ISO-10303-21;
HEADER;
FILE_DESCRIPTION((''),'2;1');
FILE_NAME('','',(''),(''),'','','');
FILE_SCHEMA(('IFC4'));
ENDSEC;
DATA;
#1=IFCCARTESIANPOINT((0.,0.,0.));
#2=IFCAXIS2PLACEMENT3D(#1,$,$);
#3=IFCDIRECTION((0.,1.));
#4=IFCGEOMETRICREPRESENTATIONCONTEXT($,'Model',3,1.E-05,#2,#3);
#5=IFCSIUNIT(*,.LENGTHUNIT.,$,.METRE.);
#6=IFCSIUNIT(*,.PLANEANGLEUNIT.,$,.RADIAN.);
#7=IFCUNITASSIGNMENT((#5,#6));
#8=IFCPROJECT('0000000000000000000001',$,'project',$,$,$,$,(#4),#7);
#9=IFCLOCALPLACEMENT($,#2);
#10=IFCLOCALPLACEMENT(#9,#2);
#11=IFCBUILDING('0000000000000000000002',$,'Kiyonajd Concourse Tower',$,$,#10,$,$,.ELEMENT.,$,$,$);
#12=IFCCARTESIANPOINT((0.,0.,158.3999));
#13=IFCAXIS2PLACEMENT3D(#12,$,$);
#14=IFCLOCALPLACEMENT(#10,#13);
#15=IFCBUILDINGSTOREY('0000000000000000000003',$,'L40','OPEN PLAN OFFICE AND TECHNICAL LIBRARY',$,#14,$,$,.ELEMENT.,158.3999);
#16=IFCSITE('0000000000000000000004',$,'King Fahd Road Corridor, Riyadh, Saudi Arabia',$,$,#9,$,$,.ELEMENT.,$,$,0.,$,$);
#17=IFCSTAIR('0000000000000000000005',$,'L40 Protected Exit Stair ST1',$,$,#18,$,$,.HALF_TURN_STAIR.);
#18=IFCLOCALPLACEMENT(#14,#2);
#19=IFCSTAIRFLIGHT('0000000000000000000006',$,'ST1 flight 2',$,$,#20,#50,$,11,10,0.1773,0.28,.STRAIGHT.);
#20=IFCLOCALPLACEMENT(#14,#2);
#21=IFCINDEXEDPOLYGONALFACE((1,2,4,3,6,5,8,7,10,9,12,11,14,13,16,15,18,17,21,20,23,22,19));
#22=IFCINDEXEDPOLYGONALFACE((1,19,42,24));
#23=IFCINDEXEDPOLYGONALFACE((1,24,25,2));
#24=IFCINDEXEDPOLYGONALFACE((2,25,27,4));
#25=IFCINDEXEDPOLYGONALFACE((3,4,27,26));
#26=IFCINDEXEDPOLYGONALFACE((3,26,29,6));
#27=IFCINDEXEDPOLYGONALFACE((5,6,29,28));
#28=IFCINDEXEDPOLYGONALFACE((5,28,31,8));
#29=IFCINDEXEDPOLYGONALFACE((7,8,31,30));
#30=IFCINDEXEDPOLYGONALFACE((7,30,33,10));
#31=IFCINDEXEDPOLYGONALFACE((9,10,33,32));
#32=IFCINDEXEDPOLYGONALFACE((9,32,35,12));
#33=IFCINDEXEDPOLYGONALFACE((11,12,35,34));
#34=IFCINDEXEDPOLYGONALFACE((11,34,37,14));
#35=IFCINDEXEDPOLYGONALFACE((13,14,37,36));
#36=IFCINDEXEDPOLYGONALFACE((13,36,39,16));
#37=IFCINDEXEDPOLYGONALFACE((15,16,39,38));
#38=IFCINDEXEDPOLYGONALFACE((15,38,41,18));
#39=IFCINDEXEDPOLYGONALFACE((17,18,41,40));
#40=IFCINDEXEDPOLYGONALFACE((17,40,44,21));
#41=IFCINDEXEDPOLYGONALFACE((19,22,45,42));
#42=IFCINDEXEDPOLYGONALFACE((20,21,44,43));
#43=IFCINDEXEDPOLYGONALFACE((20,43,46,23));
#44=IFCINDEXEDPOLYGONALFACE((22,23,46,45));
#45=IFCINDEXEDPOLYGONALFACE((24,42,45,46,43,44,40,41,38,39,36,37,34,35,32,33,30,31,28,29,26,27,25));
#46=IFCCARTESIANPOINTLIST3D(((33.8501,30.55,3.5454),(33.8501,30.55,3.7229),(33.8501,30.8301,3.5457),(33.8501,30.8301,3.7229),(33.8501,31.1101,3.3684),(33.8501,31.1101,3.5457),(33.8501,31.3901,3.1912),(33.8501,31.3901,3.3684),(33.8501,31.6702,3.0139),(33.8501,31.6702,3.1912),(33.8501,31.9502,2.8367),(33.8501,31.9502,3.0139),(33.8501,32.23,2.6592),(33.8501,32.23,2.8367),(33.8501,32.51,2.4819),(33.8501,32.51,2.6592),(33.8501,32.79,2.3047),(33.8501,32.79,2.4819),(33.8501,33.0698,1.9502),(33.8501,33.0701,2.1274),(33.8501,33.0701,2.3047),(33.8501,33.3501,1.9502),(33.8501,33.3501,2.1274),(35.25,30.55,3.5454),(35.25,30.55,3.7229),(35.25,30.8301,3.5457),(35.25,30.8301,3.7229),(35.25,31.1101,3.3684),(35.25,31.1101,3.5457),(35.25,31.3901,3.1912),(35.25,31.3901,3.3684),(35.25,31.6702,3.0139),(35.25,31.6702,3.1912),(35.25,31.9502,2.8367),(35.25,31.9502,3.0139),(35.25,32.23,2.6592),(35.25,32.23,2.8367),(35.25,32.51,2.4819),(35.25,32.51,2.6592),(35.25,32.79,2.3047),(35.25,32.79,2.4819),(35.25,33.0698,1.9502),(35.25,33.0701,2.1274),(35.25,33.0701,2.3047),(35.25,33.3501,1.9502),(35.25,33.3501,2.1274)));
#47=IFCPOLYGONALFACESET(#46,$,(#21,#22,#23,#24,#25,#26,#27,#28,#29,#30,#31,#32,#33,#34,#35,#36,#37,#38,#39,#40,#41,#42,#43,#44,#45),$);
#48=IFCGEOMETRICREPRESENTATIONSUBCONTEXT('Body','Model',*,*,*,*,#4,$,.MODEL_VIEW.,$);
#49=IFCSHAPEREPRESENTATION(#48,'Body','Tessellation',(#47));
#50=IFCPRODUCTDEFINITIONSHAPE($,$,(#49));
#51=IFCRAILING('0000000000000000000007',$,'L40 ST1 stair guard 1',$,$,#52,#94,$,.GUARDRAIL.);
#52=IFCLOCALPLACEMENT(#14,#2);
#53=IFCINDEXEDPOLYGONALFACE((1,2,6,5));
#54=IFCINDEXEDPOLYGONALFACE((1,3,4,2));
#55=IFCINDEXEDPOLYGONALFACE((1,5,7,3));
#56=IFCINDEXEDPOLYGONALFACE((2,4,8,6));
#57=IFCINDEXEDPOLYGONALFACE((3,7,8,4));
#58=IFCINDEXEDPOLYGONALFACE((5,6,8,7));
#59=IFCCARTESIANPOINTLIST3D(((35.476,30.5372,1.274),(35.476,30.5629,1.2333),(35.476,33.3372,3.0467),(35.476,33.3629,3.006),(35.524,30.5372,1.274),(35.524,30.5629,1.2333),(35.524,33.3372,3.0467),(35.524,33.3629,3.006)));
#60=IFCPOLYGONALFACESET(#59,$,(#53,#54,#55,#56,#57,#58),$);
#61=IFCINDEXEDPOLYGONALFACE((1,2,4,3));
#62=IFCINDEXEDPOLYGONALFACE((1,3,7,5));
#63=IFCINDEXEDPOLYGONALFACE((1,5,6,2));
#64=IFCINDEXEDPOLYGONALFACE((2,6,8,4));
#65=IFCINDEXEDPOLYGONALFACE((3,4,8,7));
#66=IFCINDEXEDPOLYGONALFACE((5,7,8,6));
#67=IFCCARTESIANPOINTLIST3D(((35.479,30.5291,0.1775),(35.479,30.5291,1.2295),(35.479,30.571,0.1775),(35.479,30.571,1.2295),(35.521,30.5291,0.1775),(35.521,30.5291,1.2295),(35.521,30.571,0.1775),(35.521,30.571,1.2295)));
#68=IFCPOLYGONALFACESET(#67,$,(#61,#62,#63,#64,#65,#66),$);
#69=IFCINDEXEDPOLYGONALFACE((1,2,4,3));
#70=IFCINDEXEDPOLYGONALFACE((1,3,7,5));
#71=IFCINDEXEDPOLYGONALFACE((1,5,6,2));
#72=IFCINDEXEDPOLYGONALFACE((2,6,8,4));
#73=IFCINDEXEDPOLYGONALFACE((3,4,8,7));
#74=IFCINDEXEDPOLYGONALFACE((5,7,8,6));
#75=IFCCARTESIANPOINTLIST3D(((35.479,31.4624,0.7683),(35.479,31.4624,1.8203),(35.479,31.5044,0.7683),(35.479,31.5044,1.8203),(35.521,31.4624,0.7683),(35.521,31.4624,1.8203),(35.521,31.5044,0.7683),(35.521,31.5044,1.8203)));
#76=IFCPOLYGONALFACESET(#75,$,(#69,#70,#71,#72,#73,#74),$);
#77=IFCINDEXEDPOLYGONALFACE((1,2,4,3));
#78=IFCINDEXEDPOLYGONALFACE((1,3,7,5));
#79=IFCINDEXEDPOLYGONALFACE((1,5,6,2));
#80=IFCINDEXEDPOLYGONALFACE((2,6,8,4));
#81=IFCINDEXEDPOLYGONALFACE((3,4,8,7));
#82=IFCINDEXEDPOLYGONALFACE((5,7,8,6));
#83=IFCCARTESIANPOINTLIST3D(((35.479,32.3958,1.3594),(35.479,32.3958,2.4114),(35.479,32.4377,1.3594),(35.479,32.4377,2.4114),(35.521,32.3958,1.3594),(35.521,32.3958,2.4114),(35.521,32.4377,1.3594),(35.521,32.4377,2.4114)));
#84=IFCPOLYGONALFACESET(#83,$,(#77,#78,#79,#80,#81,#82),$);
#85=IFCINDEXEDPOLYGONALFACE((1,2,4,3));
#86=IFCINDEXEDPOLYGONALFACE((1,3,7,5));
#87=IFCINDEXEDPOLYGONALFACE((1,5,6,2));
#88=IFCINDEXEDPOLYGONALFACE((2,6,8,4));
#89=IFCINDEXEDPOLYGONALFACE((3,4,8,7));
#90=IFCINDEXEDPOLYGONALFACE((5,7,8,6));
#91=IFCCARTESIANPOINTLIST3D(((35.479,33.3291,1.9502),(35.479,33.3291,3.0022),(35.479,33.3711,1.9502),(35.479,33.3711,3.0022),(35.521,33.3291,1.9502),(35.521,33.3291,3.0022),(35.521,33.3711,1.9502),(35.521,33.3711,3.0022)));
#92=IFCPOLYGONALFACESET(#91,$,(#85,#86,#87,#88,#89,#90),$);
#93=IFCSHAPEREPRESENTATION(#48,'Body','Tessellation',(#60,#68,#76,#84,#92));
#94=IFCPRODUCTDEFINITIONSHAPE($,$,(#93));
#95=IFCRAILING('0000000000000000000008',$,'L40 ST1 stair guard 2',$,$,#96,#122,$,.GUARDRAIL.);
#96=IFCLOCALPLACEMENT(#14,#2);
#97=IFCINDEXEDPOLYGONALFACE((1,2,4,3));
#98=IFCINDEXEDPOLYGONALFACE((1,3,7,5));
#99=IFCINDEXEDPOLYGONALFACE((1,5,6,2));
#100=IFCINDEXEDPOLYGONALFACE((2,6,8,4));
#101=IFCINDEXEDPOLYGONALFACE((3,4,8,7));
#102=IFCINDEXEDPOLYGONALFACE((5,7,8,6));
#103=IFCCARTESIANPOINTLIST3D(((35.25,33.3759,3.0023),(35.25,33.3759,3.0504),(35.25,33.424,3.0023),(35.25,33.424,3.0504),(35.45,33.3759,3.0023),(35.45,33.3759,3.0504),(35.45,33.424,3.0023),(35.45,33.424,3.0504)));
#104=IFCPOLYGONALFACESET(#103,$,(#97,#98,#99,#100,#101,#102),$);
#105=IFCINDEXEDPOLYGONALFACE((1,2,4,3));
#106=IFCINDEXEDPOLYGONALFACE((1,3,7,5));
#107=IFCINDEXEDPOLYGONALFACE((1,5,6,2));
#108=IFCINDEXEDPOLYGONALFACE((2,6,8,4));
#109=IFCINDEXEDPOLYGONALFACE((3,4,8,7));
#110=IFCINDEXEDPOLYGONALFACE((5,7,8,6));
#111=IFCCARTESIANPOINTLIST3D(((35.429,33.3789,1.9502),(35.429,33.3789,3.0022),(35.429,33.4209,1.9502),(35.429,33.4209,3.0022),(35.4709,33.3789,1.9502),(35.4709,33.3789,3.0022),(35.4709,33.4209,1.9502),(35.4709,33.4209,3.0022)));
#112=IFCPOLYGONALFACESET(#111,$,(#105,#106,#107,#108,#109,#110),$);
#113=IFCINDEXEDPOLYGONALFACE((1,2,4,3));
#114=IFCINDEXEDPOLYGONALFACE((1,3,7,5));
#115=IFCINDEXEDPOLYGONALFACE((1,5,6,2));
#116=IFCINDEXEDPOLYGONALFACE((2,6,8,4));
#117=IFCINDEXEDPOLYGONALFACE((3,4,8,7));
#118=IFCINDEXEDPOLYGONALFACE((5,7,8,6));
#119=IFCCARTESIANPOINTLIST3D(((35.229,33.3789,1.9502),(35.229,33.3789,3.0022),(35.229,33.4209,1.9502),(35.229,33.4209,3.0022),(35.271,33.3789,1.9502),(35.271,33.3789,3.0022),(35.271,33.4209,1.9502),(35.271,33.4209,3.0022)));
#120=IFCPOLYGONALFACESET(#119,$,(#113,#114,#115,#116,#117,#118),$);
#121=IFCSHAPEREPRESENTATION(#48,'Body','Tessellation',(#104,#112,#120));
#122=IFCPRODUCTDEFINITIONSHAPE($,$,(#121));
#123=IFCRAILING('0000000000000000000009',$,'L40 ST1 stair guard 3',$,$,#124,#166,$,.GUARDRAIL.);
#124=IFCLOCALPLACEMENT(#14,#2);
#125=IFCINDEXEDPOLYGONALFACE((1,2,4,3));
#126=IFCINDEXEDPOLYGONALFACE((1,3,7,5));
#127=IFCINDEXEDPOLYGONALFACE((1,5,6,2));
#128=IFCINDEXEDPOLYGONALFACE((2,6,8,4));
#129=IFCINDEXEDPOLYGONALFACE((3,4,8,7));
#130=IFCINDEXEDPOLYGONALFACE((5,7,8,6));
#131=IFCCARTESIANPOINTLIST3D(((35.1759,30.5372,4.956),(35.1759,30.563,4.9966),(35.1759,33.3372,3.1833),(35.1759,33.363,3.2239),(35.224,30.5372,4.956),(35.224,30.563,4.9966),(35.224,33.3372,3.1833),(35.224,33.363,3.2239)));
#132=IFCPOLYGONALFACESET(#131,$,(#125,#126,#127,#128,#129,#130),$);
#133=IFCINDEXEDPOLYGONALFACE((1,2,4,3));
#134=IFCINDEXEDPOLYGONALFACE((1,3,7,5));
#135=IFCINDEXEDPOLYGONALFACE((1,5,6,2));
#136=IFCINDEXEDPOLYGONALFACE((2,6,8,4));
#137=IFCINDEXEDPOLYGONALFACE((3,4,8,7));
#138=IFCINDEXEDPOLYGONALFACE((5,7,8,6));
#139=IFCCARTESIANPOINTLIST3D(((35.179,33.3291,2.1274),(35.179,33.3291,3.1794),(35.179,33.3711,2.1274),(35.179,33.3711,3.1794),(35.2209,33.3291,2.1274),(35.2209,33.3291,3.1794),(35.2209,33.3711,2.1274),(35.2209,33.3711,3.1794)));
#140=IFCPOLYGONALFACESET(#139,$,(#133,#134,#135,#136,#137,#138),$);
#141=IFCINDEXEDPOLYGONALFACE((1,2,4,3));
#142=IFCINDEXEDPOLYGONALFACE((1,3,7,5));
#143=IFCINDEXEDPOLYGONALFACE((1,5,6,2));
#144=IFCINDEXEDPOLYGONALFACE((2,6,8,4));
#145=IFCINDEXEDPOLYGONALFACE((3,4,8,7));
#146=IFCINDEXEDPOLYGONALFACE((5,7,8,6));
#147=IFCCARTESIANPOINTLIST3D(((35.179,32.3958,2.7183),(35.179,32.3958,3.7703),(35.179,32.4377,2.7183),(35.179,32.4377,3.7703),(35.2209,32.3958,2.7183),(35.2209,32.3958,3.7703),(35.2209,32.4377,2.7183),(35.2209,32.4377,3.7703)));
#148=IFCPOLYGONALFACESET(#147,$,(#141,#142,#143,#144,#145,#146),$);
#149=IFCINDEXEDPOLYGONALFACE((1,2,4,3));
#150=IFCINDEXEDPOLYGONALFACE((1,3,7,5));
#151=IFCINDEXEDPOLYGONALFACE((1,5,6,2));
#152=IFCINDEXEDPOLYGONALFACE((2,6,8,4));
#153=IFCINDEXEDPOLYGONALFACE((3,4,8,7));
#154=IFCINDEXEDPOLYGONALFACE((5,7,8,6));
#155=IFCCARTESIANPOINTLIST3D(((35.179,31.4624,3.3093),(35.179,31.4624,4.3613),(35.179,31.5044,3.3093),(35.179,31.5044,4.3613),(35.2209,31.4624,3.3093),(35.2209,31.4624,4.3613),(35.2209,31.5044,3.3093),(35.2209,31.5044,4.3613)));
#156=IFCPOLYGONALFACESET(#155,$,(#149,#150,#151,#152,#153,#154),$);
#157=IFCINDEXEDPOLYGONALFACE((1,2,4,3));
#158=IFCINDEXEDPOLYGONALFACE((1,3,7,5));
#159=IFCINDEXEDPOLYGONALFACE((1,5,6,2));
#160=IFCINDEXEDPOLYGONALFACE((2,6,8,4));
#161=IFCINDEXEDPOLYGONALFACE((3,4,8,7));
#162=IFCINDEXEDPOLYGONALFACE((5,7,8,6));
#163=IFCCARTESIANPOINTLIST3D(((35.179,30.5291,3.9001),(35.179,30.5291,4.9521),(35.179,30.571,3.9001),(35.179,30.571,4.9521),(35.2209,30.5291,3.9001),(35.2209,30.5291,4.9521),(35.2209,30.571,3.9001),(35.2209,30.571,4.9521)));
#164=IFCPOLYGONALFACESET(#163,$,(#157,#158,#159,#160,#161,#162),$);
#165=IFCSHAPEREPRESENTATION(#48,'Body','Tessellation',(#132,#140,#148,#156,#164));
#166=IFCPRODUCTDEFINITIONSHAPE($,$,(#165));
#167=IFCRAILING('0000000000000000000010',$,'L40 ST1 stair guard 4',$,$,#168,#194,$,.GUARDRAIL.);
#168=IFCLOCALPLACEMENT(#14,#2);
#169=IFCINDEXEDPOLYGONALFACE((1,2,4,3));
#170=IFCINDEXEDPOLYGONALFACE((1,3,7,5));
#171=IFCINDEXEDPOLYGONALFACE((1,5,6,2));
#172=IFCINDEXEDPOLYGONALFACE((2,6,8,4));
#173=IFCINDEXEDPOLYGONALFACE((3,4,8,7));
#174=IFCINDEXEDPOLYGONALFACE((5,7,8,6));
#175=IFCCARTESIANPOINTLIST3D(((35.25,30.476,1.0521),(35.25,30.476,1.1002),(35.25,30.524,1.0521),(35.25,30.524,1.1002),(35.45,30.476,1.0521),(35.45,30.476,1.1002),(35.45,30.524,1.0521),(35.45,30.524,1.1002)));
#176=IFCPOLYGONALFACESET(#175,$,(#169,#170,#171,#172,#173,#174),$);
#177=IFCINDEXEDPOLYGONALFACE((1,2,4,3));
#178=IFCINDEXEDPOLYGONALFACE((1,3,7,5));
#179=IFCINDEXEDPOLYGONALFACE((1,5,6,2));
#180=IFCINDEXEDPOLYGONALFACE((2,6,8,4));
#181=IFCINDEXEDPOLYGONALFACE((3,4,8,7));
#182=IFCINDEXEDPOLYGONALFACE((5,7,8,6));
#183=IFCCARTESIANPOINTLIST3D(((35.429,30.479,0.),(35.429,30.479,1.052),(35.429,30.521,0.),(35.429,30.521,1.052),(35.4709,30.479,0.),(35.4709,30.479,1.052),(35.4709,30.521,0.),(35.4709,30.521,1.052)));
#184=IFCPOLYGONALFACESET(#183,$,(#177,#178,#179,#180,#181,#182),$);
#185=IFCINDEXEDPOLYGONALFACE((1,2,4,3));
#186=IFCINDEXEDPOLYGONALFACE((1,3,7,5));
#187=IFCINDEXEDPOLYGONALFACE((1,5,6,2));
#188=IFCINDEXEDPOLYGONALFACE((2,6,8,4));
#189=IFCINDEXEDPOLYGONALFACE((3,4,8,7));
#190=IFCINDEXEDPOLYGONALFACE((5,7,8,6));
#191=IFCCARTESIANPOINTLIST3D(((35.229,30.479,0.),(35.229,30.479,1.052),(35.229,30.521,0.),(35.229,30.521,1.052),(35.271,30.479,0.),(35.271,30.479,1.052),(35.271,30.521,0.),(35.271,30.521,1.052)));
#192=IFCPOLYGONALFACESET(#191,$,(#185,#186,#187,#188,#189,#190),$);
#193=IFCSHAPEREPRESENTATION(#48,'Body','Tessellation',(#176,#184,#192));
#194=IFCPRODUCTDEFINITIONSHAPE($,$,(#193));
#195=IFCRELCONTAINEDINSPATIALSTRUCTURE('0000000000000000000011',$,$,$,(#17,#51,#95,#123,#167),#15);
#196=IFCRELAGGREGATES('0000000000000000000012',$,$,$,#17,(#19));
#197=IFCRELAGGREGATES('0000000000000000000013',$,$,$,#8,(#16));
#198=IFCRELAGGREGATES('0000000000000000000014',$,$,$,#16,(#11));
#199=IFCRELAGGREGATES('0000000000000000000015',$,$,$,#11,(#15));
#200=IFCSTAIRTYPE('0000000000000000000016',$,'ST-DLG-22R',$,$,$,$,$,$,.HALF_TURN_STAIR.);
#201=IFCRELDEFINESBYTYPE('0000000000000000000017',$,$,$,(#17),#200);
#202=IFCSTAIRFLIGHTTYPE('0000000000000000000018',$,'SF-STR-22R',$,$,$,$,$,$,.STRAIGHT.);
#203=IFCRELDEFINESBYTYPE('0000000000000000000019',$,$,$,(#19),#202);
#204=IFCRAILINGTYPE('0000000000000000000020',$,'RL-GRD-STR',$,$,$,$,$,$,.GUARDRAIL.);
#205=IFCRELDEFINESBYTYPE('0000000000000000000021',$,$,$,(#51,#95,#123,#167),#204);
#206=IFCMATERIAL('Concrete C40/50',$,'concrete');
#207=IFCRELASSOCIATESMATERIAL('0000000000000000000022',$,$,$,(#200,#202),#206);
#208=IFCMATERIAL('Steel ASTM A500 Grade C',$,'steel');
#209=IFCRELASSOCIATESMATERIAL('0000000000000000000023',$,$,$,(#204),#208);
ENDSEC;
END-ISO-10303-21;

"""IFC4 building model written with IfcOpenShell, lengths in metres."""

from ifc_helpers import new_model, si_unit, direction, frame, origin, origin_2d, place, context, subcontext, project, spatial, polyline, rectangle, outline, extrude, material, type_object, element, aggregate, save


model = new_model("IFC4")

# Units and contexts
model_context = context("Model", 3, precision=1e-05, world=origin(), true_north=direction((0.0, 1.0)))
body_context = subcontext(model_context, "Body", "Model", "MODEL_VIEW")
ifc_project = project(units=[si_unit("LENGTHUNIT", "METRE"), si_unit("PLANEANGLEUNIT", "RADIAN")], contexts=[model_context])

# Site, building, storey
site_placement = place(None, origin())
site = spatial("IfcSite", under=ifc_project, at=site_placement, Name="King Fahd Road Corridor, Riyadh, Saudi Arabia", CompositionType="ELEMENT", RefElevation=0.0)
building_placement = place(site_placement, origin())
building = spatial("IfcBuilding", under=site, at=building_placement, Name="Kiyonajd Concourse Tower", CompositionType="ELEMENT")
storey_placement = place(building_placement, frame((0.0, 0.0, 158.3999)))
storey = spatial("IfcBuildingStorey", under=building, at=storey_placement, Name="L40", Description="OPEN PLAN OFFICE AND TECHNICAL LIBRARY", CompositionType="ELEMENT", Elevation=158.3999)

# Stair, stair flight
ifc_material_1 = material(Name="Concrete C40/50", Category="concrete")
stair_type = type_object("IfcStairType", Name="ST-DLG-22R", PredefinedType="HALF_TURN_STAIR", material=ifc_material_1)
stair_placement = place(storey_placement, origin())
stair = element("IfcStair", 1, at=stair_placement, inside=storey, type_object=stair_type, Name="L40 Protected Exit Stair ST1", PredefinedType="HALF_TURN_STAIR")
stair_flight_type = type_object("IfcStairFlightType", Name="SF-STR-22R", PredefinedType="STRAIGHT", material=ifc_material_1)
stair_flight_1_placement = place(storey_placement, frame((34.55, 33.3501, 1.9502), z_axis=(0.0, 0.0, 1.0), x_axis=(0.0, -1.0, 0.0)))
stair_flight_1 = element("IfcStairFlight", 2, at=stair_flight_1_placement, type_object=stair_flight_type, Name="ST1 flight 2", NumberOfRisers=11, NumberOfTreads=10, PredefinedType="STRAIGHT", RiserHeight=0.1773, TreadLength=0.28, context=body_context, shape_type="SweptSolid", body=[
    extrude(outline(polyline([(0.0, 0.0), (0.0, 0.1772), (0.28, 0.1772), (0.28, 0.3545), (0.5601, 0.3545), (0.5601, 0.5317), (0.8401, 0.5317), (0.8401, 0.709), (1.1201, 0.709), (1.1201, 0.8865), (1.3999, 0.8865), (1.3999, 1.0637), (1.6799, 1.0637), (1.6799, 1.241), (1.96, 1.241), (1.96, 1.4182), (2.24, 1.4182), (2.24, 1.5955), (2.52, 1.5955), (2.52, 1.7727), (2.8, 1.7727), (2.8, 1.95), (2.8, 1.5952), (0.2803, 0.0), (0.0, 0.0)])), frame((0.0, 0.7, 0.0), z_axis=(0.0, -1.0, 0.0), x_axis=(1.0, 0.0, 0.0)), (0.0, 0.0, 1.0), 1.3999),
])
aggregate(stair, [stair_flight_1])

# Railings
ifc_material_2 = material(Name="Steel ASTM A500 Grade C", Category="steel")
railing_type_1 = type_object("IfcRailingType", Name="RL-GRD-STR", PredefinedType="GUARDRAIL", material=ifc_material_2)
railing_1_placement = place(storey_placement, frame((35.5, 30.55, 0.1775)))
element("IfcRailing", 3, at=railing_1_placement, inside=storey, type_object=railing_type_1, Name="L40 ST1 stair guard 1", PredefinedType="GUARDRAIL", context=body_context, shape_type="SweptSolid", body=[
    extrude(rectangle(XDim=0.0481, YDim=0.0481, at=origin_2d()), frame((0.0, 0.0, 1.0762), z_axis=(0.0, 0.844909, 0.53491), x_axis=(-1.0, 0.0, 0.0)), (0.0, 0.0, 1.0), 3.314),
    extrude(rectangle(XDim=0.042, YDim=0.042, at=origin_2d()), origin(), (0.0, 0.0, 1.0), 1.052),
    extrude(rectangle(XDim=0.042, YDim=0.042, at=origin_2d()), frame((0.0, 0.9333, 0.5908)), (0.0, 0.0, 1.0), 1.052),
    extrude(rectangle(XDim=0.042, YDim=0.042, at=origin_2d()), frame((0.0, 1.8667, 1.1819)), (0.0, 0.0, 1.0), 1.052),
    extrude(rectangle(XDim=0.042, YDim=0.042, at=origin_2d()), frame((0.0, 2.8, 1.7727)), (0.0, 0.0, 1.0), 1.052),
])
railing_2_placement = place(storey_placement, frame((35.45, 33.3999, 1.9502)))
element("IfcRailing", 4, at=railing_2_placement, inside=storey, type_object=railing_type_1, Name="L40 ST1 stair guard 2", PredefinedType="GUARDRAIL", context=body_context, shape_type="SweptSolid", body=[
    extrude(rectangle(XDim=0.0481, YDim=0.0481, at=origin_2d()), frame((0.0, 0.0, 1.0762), z_axis=(-1.0, 0.0, 0.0), x_axis=(0.0, -1.0, 0.0)), (0.0, 0.0, 1.0), 0.2),
    extrude(rectangle(XDim=0.042, YDim=0.042, at=origin_2d()), origin(), (0.0, 0.0, 1.0), 1.052),
    extrude(rectangle(XDim=0.042, YDim=0.042, at=origin_2d()), frame((-0.2, 0.0, 0.0)), (0.0, 0.0, 1.0), 1.052),
])
railing_3_placement = place(storey_placement, frame((35.2, 33.3501, 2.1274)))
element("IfcRailing", 5, at=railing_3_placement, inside=storey, type_object=railing_type_1, Name="L40 ST1 stair guard 3", PredefinedType="GUARDRAIL", context=body_context, shape_type="SweptSolid", body=[
    extrude(rectangle(XDim=0.0481, YDim=0.0481, at=origin_2d()), frame((0.0, 0.0, 1.0762), z_axis=(0.0, -0.844909, 0.53491), x_axis=(1.0, 0.0, 0.0)), (0.0, 0.0, 1.0), 3.314),
    extrude(rectangle(XDim=0.042, YDim=0.042, at=origin_2d()), origin(), (0.0, 0.0, 1.0), 1.052),
    extrude(rectangle(XDim=0.042, YDim=0.042, at=origin_2d()), frame((0.0, -0.9333, 0.5908)), (0.0, 0.0, 1.0), 1.052),
    extrude(rectangle(XDim=0.042, YDim=0.042, at=origin_2d()), frame((0.0, -1.8667, 1.1819)), (0.0, 0.0, 1.0), 1.052),
    extrude(rectangle(XDim=0.042, YDim=0.042, at=origin_2d()), frame((0.0, -2.8, 1.7727)), (0.0, 0.0, 1.0), 1.052),
])
railing_4_placement = place(storey_placement, frame((35.45, 30.5, 0.0)))
element("IfcRailing", 6, at=railing_4_placement, inside=storey, type_object=railing_type_1, Name="L40 ST1 stair guard 4", PredefinedType="GUARDRAIL", context=body_context, shape_type="SweptSolid", body=[
    extrude(rectangle(XDim=0.0481, YDim=0.0481, at=origin_2d()), frame((0.0, 0.0, 1.0762), z_axis=(-1.0, 0.0, 0.0), x_axis=(0.0, -1.0, 0.0)), (0.0, 0.0, 1.0), 0.2),
    extrude(rectangle(XDim=0.042, YDim=0.042, at=origin_2d()), origin(), (0.0, 0.0, 1.0), 1.052),
    extrude(rectangle(XDim=0.042, YDim=0.042, at=origin_2d()), frame((-0.2, 0.0, 0.0)), (0.0, 0.0, 1.0), 1.052),
])

save(model, "model.ifc")
